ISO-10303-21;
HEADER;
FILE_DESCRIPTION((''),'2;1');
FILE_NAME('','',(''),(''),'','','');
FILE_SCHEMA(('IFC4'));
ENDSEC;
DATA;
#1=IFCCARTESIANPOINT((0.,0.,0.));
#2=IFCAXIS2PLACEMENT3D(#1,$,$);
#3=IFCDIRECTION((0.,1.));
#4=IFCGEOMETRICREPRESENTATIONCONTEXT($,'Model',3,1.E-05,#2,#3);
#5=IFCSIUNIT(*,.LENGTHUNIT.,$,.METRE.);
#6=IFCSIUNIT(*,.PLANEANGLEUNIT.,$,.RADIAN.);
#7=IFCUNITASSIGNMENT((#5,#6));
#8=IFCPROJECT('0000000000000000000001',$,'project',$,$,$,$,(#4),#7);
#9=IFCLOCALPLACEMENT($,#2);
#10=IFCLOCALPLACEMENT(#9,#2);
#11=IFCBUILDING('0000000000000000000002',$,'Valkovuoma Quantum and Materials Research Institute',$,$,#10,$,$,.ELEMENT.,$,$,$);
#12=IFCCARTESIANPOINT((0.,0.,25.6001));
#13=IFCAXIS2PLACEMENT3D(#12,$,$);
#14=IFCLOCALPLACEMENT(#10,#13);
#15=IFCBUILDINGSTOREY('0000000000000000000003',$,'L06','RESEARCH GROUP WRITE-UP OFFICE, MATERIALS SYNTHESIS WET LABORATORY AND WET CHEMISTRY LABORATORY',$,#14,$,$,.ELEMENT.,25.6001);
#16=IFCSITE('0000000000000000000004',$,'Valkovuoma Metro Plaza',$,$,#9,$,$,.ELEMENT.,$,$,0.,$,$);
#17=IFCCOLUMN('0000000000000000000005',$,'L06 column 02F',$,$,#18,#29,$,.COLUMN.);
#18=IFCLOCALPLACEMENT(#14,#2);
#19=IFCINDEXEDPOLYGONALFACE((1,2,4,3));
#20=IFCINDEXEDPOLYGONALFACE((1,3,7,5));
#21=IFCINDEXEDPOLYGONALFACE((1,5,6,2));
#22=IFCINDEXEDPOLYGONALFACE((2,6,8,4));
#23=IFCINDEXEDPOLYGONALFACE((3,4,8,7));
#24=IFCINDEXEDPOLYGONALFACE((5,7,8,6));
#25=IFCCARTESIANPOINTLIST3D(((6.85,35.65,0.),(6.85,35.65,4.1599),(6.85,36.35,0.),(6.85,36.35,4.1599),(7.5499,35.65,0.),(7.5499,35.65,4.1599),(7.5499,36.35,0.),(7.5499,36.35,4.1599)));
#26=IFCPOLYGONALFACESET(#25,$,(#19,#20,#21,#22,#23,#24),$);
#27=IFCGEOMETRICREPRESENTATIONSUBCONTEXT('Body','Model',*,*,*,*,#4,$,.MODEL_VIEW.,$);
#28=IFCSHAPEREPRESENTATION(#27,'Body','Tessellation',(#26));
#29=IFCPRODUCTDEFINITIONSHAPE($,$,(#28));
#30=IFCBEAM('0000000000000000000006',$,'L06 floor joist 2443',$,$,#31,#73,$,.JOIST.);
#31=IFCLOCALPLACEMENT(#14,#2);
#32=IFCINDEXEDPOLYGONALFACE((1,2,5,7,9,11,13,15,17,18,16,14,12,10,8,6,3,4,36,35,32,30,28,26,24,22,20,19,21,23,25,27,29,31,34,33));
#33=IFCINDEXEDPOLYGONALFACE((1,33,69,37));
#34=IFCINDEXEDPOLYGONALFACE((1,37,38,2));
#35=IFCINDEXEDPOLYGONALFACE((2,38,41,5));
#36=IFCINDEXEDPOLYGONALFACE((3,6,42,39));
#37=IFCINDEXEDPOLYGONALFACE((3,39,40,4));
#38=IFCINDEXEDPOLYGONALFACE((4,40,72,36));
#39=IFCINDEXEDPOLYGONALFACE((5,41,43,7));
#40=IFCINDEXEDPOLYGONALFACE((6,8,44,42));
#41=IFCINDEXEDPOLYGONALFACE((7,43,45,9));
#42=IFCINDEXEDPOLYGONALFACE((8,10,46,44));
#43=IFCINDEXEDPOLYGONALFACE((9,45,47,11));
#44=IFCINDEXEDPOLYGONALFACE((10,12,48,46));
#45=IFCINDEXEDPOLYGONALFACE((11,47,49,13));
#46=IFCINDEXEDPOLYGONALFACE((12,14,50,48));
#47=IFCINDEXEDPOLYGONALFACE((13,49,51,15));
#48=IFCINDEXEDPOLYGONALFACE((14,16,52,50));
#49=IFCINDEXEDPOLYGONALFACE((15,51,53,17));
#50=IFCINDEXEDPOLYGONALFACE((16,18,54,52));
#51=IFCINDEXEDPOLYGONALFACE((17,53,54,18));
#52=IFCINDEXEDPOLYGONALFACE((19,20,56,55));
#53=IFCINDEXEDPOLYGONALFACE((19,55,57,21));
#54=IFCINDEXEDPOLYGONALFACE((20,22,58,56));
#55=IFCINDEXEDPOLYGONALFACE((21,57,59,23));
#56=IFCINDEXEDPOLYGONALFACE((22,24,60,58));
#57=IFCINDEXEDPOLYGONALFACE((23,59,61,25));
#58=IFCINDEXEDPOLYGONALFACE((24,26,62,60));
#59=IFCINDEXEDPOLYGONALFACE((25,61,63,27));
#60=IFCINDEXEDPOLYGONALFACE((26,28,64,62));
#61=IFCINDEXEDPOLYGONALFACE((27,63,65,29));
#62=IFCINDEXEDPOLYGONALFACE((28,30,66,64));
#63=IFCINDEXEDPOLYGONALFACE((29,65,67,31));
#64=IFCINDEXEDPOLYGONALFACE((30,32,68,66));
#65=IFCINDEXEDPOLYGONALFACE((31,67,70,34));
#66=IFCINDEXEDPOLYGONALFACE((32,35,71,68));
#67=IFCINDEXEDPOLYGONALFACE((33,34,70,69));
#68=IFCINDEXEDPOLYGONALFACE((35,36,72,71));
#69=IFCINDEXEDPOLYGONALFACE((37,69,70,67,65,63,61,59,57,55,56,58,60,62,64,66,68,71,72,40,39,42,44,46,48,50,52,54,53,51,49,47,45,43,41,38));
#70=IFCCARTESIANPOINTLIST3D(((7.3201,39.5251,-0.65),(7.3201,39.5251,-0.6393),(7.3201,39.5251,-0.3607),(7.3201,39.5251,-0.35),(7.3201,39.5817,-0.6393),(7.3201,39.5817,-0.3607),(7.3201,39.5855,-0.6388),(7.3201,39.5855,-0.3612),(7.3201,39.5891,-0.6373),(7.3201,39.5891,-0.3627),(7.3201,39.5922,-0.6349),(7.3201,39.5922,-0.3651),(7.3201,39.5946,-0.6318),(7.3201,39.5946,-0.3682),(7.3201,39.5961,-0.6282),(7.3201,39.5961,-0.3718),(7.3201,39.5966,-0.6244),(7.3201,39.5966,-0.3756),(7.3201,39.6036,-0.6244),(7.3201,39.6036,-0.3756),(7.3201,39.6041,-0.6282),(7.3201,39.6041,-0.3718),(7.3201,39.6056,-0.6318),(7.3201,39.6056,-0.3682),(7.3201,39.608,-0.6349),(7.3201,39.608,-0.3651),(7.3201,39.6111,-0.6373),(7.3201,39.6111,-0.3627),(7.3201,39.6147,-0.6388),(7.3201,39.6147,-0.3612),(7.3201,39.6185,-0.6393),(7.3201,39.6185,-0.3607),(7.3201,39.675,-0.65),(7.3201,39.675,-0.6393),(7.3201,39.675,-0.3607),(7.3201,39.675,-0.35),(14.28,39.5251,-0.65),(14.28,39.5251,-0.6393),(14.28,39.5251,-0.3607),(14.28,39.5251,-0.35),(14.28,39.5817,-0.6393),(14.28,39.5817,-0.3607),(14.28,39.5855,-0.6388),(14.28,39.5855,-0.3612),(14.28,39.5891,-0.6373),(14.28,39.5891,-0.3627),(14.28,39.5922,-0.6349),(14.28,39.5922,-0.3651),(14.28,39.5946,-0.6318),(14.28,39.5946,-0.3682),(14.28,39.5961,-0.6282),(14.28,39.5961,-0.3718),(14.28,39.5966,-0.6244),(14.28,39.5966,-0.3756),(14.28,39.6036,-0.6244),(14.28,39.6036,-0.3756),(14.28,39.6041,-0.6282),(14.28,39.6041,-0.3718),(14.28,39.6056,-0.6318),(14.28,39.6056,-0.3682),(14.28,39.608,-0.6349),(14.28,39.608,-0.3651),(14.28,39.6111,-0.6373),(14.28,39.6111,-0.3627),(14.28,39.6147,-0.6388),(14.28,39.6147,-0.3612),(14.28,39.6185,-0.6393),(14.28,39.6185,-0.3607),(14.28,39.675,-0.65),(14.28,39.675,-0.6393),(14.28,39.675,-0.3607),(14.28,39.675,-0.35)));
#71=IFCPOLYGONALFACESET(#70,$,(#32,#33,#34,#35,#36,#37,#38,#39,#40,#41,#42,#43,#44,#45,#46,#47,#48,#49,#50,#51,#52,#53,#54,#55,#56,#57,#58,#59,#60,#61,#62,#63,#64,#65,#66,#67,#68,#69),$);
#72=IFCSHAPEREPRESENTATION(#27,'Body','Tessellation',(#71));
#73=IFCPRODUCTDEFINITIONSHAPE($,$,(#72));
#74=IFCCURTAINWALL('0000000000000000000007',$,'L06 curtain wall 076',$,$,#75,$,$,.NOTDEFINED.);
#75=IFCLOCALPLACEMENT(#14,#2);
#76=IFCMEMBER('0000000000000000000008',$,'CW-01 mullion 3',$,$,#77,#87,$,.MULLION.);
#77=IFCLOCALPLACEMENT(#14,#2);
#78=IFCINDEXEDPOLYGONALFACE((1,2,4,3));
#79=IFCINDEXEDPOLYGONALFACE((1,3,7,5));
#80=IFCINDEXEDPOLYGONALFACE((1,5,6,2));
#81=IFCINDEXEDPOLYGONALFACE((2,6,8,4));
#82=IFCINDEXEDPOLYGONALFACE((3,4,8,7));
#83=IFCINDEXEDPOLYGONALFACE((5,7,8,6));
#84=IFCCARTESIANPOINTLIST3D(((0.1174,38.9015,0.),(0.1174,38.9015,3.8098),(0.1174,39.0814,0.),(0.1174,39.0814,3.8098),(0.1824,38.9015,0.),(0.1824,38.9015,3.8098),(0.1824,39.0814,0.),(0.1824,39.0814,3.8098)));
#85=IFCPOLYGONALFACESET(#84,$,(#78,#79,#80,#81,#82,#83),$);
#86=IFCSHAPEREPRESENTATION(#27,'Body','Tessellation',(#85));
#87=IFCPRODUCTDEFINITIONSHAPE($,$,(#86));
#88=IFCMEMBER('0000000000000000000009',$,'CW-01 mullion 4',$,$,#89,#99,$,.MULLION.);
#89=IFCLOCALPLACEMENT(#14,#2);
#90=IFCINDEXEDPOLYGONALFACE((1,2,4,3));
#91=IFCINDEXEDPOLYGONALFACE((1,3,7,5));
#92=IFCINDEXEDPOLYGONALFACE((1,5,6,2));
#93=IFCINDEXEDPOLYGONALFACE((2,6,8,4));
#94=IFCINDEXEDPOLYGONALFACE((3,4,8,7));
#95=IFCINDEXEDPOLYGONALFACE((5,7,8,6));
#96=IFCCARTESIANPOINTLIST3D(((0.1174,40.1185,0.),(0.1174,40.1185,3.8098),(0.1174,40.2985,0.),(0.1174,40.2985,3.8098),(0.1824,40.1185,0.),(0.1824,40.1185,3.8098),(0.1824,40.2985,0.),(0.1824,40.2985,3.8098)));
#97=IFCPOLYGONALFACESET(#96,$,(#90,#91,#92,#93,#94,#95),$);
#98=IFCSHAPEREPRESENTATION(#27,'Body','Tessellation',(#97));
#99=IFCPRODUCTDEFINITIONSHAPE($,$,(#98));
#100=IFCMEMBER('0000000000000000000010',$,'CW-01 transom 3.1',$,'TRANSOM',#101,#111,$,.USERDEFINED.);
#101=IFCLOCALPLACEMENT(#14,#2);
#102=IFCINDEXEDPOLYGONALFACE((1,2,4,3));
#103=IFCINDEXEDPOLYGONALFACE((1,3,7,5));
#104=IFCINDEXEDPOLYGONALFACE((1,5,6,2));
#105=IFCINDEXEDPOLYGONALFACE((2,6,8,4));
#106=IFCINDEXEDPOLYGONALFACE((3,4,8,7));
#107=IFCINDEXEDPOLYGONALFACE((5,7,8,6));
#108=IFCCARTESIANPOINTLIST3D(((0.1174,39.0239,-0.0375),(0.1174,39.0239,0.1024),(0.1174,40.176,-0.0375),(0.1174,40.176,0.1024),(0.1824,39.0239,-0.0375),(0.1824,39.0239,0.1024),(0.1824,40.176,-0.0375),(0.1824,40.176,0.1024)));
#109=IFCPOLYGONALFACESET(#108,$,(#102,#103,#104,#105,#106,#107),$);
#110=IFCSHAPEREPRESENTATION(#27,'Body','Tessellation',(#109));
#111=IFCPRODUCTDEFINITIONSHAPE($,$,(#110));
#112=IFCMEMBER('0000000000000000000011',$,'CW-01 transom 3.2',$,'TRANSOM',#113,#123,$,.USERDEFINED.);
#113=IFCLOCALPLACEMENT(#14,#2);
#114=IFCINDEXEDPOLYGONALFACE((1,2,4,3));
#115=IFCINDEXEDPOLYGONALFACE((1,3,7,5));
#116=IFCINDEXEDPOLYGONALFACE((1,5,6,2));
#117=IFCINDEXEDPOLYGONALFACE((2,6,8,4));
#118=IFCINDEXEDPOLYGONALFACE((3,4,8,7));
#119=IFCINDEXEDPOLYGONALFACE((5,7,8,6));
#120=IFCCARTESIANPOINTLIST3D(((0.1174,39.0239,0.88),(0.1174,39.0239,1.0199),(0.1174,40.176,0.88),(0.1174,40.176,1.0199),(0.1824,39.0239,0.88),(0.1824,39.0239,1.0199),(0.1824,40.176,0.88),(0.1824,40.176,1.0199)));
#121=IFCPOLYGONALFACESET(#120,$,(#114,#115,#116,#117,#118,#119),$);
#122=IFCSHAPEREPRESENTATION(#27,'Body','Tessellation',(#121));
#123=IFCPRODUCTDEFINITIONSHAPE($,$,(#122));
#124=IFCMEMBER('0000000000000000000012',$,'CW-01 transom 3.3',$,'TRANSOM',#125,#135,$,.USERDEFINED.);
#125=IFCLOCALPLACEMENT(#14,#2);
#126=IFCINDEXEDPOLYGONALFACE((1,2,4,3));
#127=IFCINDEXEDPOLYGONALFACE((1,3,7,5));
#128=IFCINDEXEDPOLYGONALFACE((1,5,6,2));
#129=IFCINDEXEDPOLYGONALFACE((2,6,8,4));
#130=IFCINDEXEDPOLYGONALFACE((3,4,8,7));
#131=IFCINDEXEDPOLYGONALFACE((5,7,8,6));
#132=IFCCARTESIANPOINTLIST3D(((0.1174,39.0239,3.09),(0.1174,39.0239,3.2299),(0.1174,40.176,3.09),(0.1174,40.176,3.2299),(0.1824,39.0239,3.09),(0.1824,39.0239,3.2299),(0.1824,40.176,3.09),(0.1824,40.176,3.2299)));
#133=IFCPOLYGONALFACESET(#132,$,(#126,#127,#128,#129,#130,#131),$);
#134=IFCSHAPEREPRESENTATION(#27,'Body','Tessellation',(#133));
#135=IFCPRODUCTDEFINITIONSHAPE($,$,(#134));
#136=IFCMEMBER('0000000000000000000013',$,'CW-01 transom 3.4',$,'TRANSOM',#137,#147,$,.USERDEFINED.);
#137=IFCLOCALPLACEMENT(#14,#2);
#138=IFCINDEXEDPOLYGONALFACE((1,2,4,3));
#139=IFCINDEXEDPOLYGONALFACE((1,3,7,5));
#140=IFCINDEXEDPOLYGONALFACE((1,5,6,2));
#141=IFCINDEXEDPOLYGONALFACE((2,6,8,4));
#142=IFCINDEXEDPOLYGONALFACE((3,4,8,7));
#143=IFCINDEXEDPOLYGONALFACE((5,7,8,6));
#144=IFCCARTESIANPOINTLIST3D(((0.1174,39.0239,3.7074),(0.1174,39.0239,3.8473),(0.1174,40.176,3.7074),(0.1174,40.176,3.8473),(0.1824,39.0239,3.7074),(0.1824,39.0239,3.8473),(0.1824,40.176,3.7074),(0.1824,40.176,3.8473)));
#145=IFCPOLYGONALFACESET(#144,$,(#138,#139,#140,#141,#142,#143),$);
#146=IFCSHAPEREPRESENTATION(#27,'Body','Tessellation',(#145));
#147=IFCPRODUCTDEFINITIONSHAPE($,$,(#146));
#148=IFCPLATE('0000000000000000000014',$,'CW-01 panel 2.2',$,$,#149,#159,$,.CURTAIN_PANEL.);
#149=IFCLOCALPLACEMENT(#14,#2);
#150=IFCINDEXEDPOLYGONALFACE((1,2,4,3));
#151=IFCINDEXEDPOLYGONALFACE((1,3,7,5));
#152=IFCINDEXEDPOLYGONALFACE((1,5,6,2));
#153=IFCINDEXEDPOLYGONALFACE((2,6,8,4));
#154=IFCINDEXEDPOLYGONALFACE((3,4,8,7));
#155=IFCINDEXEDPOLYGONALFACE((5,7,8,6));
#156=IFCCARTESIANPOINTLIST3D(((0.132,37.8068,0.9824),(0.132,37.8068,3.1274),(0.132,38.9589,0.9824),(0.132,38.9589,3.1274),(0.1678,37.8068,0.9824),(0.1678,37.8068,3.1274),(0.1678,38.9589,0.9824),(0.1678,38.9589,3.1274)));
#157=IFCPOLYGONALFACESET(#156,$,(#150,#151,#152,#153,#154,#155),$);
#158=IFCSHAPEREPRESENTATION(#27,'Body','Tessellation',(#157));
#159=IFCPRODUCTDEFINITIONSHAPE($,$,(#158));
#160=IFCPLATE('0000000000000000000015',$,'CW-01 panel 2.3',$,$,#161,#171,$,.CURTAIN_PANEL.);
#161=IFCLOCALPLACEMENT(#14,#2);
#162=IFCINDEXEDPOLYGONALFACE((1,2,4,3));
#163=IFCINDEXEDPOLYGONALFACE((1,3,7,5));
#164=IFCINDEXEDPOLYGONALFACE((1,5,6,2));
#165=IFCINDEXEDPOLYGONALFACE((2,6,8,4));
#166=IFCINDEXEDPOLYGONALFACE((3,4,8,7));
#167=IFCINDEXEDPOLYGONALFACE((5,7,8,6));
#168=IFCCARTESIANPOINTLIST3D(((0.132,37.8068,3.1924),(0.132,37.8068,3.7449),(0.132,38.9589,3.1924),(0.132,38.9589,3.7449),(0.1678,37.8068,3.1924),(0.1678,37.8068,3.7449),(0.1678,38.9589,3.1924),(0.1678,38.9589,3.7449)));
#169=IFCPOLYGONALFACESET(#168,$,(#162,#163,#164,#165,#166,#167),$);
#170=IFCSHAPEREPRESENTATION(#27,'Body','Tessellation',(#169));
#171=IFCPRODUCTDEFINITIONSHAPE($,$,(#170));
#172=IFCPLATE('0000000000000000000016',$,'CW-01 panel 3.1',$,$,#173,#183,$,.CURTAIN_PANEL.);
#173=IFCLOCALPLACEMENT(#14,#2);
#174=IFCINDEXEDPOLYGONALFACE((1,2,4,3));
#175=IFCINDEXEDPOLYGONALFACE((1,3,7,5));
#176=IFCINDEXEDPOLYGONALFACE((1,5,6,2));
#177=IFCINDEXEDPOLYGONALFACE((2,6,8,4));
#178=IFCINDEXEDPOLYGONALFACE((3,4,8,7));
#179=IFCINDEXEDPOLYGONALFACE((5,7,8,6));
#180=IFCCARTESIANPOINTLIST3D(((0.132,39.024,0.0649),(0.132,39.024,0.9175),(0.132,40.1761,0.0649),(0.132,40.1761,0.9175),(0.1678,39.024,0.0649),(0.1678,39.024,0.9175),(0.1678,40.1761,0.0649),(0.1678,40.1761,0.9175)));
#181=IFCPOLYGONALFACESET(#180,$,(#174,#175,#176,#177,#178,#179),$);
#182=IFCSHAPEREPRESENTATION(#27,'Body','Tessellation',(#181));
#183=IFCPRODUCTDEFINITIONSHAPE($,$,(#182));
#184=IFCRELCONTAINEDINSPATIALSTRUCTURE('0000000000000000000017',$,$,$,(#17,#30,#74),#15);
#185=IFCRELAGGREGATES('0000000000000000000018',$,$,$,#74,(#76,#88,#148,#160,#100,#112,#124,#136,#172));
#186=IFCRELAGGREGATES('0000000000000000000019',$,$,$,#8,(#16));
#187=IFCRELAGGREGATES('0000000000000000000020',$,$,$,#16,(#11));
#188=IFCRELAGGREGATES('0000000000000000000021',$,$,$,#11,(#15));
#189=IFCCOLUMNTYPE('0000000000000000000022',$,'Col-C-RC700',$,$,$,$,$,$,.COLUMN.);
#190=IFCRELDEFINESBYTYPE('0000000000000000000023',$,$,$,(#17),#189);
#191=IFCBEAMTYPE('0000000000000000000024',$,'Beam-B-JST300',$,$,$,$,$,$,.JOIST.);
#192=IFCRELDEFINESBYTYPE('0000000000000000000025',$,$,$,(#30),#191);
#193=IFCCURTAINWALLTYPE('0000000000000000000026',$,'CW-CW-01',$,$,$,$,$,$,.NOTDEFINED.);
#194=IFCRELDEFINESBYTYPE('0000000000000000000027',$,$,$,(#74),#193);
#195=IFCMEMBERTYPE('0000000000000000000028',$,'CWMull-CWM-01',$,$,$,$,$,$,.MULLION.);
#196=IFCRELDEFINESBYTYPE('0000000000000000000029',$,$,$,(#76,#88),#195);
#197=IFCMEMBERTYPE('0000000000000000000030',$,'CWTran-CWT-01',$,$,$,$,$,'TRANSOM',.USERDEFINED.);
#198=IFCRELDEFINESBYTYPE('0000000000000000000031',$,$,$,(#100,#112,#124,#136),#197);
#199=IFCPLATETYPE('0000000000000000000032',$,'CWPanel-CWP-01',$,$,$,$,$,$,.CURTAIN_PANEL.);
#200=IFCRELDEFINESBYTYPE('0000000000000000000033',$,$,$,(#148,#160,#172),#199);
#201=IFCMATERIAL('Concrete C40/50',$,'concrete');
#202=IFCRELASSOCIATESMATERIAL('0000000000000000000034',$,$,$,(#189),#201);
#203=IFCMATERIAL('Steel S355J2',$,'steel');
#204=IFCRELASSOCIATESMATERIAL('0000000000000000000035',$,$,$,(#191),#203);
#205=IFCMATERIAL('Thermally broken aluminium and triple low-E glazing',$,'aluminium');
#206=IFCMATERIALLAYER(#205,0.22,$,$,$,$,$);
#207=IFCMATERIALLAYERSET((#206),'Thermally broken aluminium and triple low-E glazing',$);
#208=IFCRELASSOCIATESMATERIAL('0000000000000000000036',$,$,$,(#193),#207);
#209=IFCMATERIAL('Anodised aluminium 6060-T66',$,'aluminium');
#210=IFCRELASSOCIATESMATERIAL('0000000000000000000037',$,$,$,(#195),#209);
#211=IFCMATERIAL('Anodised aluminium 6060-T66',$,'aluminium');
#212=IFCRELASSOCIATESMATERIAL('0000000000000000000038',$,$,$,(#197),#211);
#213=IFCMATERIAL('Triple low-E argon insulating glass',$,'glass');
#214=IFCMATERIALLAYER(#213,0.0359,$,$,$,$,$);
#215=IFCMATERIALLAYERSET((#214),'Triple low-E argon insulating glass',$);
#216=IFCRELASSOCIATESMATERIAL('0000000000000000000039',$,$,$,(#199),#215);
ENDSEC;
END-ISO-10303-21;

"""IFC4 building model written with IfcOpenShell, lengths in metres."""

from ifc_helpers import new_model, si_unit, direction, frame, origin, origin_2d, place, context, subcontext, project, spatial, rectangle, i_section, extrude, material, layer, layer_set, material_profile, profile_set, type_object, element, aggregate, save


model = new_model("IFC4")

# Units and contexts
model_context = context("Model", 3, precision=1e-05, world=origin(), true_north=direction((0.0, 1.0)))
body_context = subcontext(model_context, "Body", "Model", "MODEL_VIEW")
ifc_project = project(units=[si_unit("LENGTHUNIT", "METRE"), si_unit("PLANEANGLEUNIT", "RADIAN")], contexts=[model_context])

# Site, building, storey
site_placement = place(None, origin())
site = spatial("IfcSite", under=ifc_project, at=site_placement, Name="Valkovuoma Metro Plaza", CompositionType="ELEMENT", RefElevation=0.0)
building_placement = place(site_placement, origin())
building = spatial("IfcBuilding", under=site, at=building_placement, Name="Valkovuoma Quantum and Materials Research Institute", CompositionType="ELEMENT")
storey_placement = place(building_placement, frame((0.0, 0.0, 25.6001)))
storey = spatial("IfcBuildingStorey", under=building, at=storey_placement, Name="L06", Description="RESEARCH GROUP WRITE-UP OFFICE, MATERIALS SYNTHESIS WET LABORATORY AND WET CHEMISTRY LABORATORY", CompositionType="ELEMENT", Elevation=25.6001)

# Column
ifc_material_1 = material(Name="Concrete C40/50", Category="concrete")
ifc_material_profile_1 = material_profile(ifc_material_1, rectangle(XDim=0.7, YDim=0.7, at=origin_2d()), Name="Concrete C40/50")
ifc_profile_set_1 = profile_set([ifc_material_profile_1], Name="Concrete C40/50")
column_type = type_object("IfcColumnType", Name="Col-C-RC700", PredefinedType="COLUMN", material=ifc_profile_set_1)
column_placement = place(storey_placement, frame((7.2, 36.0, 0.0), z_axis=(0.0, 0.0, 1.0), x_axis=(1.0, 0.0, 0.0)))
element("IfcColumn", 1, at=column_placement, inside=storey, type_object=column_type, Name="L06 column 02F", PredefinedType="COLUMN", context=body_context, shape_type="SweptSolid", body=[
    extrude(rectangle(XDim=0.7, YDim=0.7, at=origin_2d()), origin(), (0.0, 0.0, 1.0), 4.1599),
])

# Beam
ifc_material_2 = material(Name="Steel S355J2", Category="steel")
ifc_material_profile_2 = material_profile(ifc_material_2, i_section(OverallWidth=0.1499, OverallDepth=0.3, WebThickness=0.0071, FlangeThickness=0.0107, FilletRadius=0.0149, at=origin_2d()), Name="Steel S355J2")
ifc_profile_set_2 = profile_set([ifc_material_profile_2], Name="Steel S355J2")
beam_type = type_object("IfcBeamType", Name="Beam-B-JST300", PredefinedType="JOIST", material=ifc_profile_set_2)
beam_placement = place(storey_placement, frame((7.3201, 39.6001, -0.5), z_axis=(1.0, 0.0, 0.0), x_axis=(0.0, 1.0, 0.0)))
element("IfcBeam", 2, at=beam_placement, inside=storey, type_object=beam_type, Name="L06 floor joist 2443", PredefinedType="JOIST", context=body_context, shape_type="SweptSolid", body=[
    extrude(i_section(OverallWidth=0.1499, OverallDepth=0.3, WebThickness=0.0071, FlangeThickness=0.0107, FilletRadius=0.0149, at=origin_2d()), origin(), (0.0, 0.0, 1.0), 6.96),
])

# Curtain wall, members, plates
ifc_material_3 = material(Name="Thermally broken aluminium and triple low-E glazing", Category="aluminium")
ifc_layer_1 = layer(ifc_material_3, 0.22)
ifc_layer_set_1 = layer_set([ifc_layer_1], Name="Thermally broken aluminium and triple low-E glazing")
curtain_wall_type = type_object("IfcCurtainWallType", Name="CW-CW-01", PredefinedType="NOTDEFINED", material=ifc_layer_set_1)
curtain_wall_placement = place(storey_placement, origin())
curtain_wall = element("IfcCurtainWall", 3, at=curtain_wall_placement, inside=storey, type_object=curtain_wall_type, Name="L06 curtain wall 076", PredefinedType="NOTDEFINED")
ifc_material_4 = material(Name="Anodised aluminium 6060-T66", Category="aluminium")
ifc_material_profile_3 = material_profile(ifc_material_4, rectangle(XDim=0.0649, YDim=0.1799, at=origin_2d()), Name="Anodised aluminium 6060-T66")
ifc_profile_set_3 = profile_set([ifc_material_profile_3], Name="Anodised aluminium 6060-T66")
member_type_1 = type_object("IfcMemberType", Name="CWMull-CWM-01", PredefinedType="MULLION", material=ifc_profile_set_3)
member_1_placement = place(storey_placement, frame((0.1499, 38.9915, 0.0), z_axis=(0.0, 0.0, 1.0), x_axis=(-1.0, 0.0, 0.0)))
member_1 = element("IfcMember", 4, at=member_1_placement, type_object=member_type_1, Name="CW-01 mullion 3", PredefinedType="MULLION", context=body_context, shape_type="SweptSolid", body=[
    extrude(rectangle(XDim=0.0649, YDim=0.1799, at=origin_2d()), origin(), (0.0, 0.0, 1.0), 3.8098),
])
member_2_placement = place(storey_placement, frame((0.1499, 40.2085, 0.0), z_axis=(0.0, 0.0, 1.0), x_axis=(-1.0, 0.0, 0.0)))
member_2 = element("IfcMember", 5, at=member_2_placement, type_object=member_type_1, Name="CW-01 mullion 4", PredefinedType="MULLION", context=body_context, shape_type="SweptSolid", body=[
    extrude(rectangle(XDim=0.0649, YDim=0.1799, at=origin_2d()), origin(), (0.0, 0.0, 1.0), 3.8098),
])
ifc_material_5 = material(Name="Anodised aluminium 6060-T66", Category="aluminium")
ifc_material_profile_4 = material_profile(ifc_material_5, rectangle(XDim=0.0649, YDim=0.1399, at=origin_2d()), Name="Anodised aluminium 6060-T66")
ifc_profile_set_4 = profile_set([ifc_material_profile_4], Name="Anodised aluminium 6060-T66")
member_type_2 = type_object("IfcMemberType", Name="CWTran-CWT-01", ElementType="TRANSOM", PredefinedType="USERDEFINED", material=ifc_profile_set_4)
member_3_placement = place(storey_placement, frame((0.1499, 39.0239, 0.0325), z_axis=(0.0, 1.0, 0.0), x_axis=(-1.0, 0.0, 0.0)))
member_3 = element("IfcMember", 6, at=member_3_placement, type_object=member_type_2, Name="CW-01 transom 3.1", ObjectType="TRANSOM", PredefinedType="USERDEFINED", context=body_context, shape_type="SweptSolid", body=[
    extrude(rectangle(XDim=0.0649, YDim=0.1399, at=origin_2d()), origin(), (0.0, 0.0, 1.0), 1.1521),
])
member_4_placement = place(storey_placement, frame((0.1499, 39.0239, 0.95), z_axis=(0.0, 1.0, 0.0), x_axis=(-1.0, 0.0, 0.0)))
member_4 = element("IfcMember", 7, at=member_4_placement, type_object=member_type_2, Name="CW-01 transom 3.2", ObjectType="TRANSOM", PredefinedType="USERDEFINED", context=body_context, shape_type="SweptSolid", body=[
    extrude(rectangle(XDim=0.0649, YDim=0.1399, at=origin_2d()), origin(), (0.0, 0.0, 1.0), 1.1521),
])
member_5_placement = place(storey_placement, frame((0.1499, 39.0239, 3.1599), z_axis=(0.0, 1.0, 0.0), x_axis=(-1.0, 0.0, 0.0)))
member_5 = element("IfcMember", 8, at=member_5_placement, type_object=member_type_2, Name="CW-01 transom 3.3", ObjectType="TRANSOM", PredefinedType="USERDEFINED", context=body_context, shape_type="SweptSolid", body=[
    extrude(rectangle(XDim=0.0649, YDim=0.1399, at=origin_2d()), origin(), (0.0, 0.0, 1.0), 1.1521),
])
member_6_placement = place(storey_placement, frame((0.1499, 39.0239, 3.7773), z_axis=(0.0, 1.0, 0.0), x_axis=(-1.0, 0.0, 0.0)))
member_6 = element("IfcMember", 9, at=member_6_placement, type_object=member_type_2, Name="CW-01 transom 3.4", ObjectType="TRANSOM", PredefinedType="USERDEFINED", context=body_context, shape_type="SweptSolid", body=[
    extrude(rectangle(XDim=0.0649, YDim=0.1399, at=origin_2d()), origin(), (0.0, 0.0, 1.0), 1.1521),
])
ifc_material_6 = material(Name="Triple low-E argon insulating glass", Category="glass")
ifc_layer_2 = layer(ifc_material_6, 0.0359)
ifc_layer_set_2 = layer_set([ifc_layer_2], Name="Triple low-E argon insulating glass")
plate_type = type_object("IfcPlateType", Name="CWPanel-CWP-01", PredefinedType="CURTAIN_PANEL", material=ifc_layer_set_2)
plate_1_placement = place(storey_placement, frame((0.1499, 38.3828, 0.9824), z_axis=(0.0, 0.0, 1.0), x_axis=(0.0, 1.0, 0.0)))
plate_1 = element("IfcPlate", 10, at=plate_1_placement, type_object=plate_type, Name="CW-01 panel 2.2", PredefinedType="CURTAIN_PANEL", context=body_context, shape_type="SweptSolid", body=[
    extrude(rectangle(XDim=1.1521, YDim=0.0359, at=origin_2d()), origin(), (0.0, 0.0, 1.0), 2.145),
])
plate_2_placement = place(storey_placement, frame((0.1499, 38.3828, 3.1924), z_axis=(0.0, 0.0, 1.0), x_axis=(0.0, 1.0, 0.0)))
plate_2 = element("IfcPlate", 11, at=plate_2_placement, type_object=plate_type, Name="CW-01 panel 2.3", PredefinedType="CURTAIN_PANEL", context=body_context, shape_type="SweptSolid", body=[
    extrude(rectangle(XDim=1.1521, YDim=0.0359, at=origin_2d()), origin(), (0.0, 0.0, 1.0), 0.5525),
])
plate_3_placement = place(storey_placement, frame((0.1499, 39.6001, 0.0649), z_axis=(0.0, 0.0, 1.0), x_axis=(0.0, 1.0, 0.0)))
plate_3 = element("IfcPlate", 12, at=plate_3_placement, type_object=plate_type, Name="CW-01 panel 3.1", PredefinedType="CURTAIN_PANEL", context=body_context, shape_type="SweptSolid", body=[
    extrude(rectangle(XDim=1.1521, YDim=0.0359, at=origin_2d()), origin(), (0.0, 0.0, 1.0), 0.8525),
])
aggregate(curtain_wall, [member_1, member_2, plate_1, plate_2, member_3, member_4, member_5, member_6, plate_3])

save(model, "model.ifc")
